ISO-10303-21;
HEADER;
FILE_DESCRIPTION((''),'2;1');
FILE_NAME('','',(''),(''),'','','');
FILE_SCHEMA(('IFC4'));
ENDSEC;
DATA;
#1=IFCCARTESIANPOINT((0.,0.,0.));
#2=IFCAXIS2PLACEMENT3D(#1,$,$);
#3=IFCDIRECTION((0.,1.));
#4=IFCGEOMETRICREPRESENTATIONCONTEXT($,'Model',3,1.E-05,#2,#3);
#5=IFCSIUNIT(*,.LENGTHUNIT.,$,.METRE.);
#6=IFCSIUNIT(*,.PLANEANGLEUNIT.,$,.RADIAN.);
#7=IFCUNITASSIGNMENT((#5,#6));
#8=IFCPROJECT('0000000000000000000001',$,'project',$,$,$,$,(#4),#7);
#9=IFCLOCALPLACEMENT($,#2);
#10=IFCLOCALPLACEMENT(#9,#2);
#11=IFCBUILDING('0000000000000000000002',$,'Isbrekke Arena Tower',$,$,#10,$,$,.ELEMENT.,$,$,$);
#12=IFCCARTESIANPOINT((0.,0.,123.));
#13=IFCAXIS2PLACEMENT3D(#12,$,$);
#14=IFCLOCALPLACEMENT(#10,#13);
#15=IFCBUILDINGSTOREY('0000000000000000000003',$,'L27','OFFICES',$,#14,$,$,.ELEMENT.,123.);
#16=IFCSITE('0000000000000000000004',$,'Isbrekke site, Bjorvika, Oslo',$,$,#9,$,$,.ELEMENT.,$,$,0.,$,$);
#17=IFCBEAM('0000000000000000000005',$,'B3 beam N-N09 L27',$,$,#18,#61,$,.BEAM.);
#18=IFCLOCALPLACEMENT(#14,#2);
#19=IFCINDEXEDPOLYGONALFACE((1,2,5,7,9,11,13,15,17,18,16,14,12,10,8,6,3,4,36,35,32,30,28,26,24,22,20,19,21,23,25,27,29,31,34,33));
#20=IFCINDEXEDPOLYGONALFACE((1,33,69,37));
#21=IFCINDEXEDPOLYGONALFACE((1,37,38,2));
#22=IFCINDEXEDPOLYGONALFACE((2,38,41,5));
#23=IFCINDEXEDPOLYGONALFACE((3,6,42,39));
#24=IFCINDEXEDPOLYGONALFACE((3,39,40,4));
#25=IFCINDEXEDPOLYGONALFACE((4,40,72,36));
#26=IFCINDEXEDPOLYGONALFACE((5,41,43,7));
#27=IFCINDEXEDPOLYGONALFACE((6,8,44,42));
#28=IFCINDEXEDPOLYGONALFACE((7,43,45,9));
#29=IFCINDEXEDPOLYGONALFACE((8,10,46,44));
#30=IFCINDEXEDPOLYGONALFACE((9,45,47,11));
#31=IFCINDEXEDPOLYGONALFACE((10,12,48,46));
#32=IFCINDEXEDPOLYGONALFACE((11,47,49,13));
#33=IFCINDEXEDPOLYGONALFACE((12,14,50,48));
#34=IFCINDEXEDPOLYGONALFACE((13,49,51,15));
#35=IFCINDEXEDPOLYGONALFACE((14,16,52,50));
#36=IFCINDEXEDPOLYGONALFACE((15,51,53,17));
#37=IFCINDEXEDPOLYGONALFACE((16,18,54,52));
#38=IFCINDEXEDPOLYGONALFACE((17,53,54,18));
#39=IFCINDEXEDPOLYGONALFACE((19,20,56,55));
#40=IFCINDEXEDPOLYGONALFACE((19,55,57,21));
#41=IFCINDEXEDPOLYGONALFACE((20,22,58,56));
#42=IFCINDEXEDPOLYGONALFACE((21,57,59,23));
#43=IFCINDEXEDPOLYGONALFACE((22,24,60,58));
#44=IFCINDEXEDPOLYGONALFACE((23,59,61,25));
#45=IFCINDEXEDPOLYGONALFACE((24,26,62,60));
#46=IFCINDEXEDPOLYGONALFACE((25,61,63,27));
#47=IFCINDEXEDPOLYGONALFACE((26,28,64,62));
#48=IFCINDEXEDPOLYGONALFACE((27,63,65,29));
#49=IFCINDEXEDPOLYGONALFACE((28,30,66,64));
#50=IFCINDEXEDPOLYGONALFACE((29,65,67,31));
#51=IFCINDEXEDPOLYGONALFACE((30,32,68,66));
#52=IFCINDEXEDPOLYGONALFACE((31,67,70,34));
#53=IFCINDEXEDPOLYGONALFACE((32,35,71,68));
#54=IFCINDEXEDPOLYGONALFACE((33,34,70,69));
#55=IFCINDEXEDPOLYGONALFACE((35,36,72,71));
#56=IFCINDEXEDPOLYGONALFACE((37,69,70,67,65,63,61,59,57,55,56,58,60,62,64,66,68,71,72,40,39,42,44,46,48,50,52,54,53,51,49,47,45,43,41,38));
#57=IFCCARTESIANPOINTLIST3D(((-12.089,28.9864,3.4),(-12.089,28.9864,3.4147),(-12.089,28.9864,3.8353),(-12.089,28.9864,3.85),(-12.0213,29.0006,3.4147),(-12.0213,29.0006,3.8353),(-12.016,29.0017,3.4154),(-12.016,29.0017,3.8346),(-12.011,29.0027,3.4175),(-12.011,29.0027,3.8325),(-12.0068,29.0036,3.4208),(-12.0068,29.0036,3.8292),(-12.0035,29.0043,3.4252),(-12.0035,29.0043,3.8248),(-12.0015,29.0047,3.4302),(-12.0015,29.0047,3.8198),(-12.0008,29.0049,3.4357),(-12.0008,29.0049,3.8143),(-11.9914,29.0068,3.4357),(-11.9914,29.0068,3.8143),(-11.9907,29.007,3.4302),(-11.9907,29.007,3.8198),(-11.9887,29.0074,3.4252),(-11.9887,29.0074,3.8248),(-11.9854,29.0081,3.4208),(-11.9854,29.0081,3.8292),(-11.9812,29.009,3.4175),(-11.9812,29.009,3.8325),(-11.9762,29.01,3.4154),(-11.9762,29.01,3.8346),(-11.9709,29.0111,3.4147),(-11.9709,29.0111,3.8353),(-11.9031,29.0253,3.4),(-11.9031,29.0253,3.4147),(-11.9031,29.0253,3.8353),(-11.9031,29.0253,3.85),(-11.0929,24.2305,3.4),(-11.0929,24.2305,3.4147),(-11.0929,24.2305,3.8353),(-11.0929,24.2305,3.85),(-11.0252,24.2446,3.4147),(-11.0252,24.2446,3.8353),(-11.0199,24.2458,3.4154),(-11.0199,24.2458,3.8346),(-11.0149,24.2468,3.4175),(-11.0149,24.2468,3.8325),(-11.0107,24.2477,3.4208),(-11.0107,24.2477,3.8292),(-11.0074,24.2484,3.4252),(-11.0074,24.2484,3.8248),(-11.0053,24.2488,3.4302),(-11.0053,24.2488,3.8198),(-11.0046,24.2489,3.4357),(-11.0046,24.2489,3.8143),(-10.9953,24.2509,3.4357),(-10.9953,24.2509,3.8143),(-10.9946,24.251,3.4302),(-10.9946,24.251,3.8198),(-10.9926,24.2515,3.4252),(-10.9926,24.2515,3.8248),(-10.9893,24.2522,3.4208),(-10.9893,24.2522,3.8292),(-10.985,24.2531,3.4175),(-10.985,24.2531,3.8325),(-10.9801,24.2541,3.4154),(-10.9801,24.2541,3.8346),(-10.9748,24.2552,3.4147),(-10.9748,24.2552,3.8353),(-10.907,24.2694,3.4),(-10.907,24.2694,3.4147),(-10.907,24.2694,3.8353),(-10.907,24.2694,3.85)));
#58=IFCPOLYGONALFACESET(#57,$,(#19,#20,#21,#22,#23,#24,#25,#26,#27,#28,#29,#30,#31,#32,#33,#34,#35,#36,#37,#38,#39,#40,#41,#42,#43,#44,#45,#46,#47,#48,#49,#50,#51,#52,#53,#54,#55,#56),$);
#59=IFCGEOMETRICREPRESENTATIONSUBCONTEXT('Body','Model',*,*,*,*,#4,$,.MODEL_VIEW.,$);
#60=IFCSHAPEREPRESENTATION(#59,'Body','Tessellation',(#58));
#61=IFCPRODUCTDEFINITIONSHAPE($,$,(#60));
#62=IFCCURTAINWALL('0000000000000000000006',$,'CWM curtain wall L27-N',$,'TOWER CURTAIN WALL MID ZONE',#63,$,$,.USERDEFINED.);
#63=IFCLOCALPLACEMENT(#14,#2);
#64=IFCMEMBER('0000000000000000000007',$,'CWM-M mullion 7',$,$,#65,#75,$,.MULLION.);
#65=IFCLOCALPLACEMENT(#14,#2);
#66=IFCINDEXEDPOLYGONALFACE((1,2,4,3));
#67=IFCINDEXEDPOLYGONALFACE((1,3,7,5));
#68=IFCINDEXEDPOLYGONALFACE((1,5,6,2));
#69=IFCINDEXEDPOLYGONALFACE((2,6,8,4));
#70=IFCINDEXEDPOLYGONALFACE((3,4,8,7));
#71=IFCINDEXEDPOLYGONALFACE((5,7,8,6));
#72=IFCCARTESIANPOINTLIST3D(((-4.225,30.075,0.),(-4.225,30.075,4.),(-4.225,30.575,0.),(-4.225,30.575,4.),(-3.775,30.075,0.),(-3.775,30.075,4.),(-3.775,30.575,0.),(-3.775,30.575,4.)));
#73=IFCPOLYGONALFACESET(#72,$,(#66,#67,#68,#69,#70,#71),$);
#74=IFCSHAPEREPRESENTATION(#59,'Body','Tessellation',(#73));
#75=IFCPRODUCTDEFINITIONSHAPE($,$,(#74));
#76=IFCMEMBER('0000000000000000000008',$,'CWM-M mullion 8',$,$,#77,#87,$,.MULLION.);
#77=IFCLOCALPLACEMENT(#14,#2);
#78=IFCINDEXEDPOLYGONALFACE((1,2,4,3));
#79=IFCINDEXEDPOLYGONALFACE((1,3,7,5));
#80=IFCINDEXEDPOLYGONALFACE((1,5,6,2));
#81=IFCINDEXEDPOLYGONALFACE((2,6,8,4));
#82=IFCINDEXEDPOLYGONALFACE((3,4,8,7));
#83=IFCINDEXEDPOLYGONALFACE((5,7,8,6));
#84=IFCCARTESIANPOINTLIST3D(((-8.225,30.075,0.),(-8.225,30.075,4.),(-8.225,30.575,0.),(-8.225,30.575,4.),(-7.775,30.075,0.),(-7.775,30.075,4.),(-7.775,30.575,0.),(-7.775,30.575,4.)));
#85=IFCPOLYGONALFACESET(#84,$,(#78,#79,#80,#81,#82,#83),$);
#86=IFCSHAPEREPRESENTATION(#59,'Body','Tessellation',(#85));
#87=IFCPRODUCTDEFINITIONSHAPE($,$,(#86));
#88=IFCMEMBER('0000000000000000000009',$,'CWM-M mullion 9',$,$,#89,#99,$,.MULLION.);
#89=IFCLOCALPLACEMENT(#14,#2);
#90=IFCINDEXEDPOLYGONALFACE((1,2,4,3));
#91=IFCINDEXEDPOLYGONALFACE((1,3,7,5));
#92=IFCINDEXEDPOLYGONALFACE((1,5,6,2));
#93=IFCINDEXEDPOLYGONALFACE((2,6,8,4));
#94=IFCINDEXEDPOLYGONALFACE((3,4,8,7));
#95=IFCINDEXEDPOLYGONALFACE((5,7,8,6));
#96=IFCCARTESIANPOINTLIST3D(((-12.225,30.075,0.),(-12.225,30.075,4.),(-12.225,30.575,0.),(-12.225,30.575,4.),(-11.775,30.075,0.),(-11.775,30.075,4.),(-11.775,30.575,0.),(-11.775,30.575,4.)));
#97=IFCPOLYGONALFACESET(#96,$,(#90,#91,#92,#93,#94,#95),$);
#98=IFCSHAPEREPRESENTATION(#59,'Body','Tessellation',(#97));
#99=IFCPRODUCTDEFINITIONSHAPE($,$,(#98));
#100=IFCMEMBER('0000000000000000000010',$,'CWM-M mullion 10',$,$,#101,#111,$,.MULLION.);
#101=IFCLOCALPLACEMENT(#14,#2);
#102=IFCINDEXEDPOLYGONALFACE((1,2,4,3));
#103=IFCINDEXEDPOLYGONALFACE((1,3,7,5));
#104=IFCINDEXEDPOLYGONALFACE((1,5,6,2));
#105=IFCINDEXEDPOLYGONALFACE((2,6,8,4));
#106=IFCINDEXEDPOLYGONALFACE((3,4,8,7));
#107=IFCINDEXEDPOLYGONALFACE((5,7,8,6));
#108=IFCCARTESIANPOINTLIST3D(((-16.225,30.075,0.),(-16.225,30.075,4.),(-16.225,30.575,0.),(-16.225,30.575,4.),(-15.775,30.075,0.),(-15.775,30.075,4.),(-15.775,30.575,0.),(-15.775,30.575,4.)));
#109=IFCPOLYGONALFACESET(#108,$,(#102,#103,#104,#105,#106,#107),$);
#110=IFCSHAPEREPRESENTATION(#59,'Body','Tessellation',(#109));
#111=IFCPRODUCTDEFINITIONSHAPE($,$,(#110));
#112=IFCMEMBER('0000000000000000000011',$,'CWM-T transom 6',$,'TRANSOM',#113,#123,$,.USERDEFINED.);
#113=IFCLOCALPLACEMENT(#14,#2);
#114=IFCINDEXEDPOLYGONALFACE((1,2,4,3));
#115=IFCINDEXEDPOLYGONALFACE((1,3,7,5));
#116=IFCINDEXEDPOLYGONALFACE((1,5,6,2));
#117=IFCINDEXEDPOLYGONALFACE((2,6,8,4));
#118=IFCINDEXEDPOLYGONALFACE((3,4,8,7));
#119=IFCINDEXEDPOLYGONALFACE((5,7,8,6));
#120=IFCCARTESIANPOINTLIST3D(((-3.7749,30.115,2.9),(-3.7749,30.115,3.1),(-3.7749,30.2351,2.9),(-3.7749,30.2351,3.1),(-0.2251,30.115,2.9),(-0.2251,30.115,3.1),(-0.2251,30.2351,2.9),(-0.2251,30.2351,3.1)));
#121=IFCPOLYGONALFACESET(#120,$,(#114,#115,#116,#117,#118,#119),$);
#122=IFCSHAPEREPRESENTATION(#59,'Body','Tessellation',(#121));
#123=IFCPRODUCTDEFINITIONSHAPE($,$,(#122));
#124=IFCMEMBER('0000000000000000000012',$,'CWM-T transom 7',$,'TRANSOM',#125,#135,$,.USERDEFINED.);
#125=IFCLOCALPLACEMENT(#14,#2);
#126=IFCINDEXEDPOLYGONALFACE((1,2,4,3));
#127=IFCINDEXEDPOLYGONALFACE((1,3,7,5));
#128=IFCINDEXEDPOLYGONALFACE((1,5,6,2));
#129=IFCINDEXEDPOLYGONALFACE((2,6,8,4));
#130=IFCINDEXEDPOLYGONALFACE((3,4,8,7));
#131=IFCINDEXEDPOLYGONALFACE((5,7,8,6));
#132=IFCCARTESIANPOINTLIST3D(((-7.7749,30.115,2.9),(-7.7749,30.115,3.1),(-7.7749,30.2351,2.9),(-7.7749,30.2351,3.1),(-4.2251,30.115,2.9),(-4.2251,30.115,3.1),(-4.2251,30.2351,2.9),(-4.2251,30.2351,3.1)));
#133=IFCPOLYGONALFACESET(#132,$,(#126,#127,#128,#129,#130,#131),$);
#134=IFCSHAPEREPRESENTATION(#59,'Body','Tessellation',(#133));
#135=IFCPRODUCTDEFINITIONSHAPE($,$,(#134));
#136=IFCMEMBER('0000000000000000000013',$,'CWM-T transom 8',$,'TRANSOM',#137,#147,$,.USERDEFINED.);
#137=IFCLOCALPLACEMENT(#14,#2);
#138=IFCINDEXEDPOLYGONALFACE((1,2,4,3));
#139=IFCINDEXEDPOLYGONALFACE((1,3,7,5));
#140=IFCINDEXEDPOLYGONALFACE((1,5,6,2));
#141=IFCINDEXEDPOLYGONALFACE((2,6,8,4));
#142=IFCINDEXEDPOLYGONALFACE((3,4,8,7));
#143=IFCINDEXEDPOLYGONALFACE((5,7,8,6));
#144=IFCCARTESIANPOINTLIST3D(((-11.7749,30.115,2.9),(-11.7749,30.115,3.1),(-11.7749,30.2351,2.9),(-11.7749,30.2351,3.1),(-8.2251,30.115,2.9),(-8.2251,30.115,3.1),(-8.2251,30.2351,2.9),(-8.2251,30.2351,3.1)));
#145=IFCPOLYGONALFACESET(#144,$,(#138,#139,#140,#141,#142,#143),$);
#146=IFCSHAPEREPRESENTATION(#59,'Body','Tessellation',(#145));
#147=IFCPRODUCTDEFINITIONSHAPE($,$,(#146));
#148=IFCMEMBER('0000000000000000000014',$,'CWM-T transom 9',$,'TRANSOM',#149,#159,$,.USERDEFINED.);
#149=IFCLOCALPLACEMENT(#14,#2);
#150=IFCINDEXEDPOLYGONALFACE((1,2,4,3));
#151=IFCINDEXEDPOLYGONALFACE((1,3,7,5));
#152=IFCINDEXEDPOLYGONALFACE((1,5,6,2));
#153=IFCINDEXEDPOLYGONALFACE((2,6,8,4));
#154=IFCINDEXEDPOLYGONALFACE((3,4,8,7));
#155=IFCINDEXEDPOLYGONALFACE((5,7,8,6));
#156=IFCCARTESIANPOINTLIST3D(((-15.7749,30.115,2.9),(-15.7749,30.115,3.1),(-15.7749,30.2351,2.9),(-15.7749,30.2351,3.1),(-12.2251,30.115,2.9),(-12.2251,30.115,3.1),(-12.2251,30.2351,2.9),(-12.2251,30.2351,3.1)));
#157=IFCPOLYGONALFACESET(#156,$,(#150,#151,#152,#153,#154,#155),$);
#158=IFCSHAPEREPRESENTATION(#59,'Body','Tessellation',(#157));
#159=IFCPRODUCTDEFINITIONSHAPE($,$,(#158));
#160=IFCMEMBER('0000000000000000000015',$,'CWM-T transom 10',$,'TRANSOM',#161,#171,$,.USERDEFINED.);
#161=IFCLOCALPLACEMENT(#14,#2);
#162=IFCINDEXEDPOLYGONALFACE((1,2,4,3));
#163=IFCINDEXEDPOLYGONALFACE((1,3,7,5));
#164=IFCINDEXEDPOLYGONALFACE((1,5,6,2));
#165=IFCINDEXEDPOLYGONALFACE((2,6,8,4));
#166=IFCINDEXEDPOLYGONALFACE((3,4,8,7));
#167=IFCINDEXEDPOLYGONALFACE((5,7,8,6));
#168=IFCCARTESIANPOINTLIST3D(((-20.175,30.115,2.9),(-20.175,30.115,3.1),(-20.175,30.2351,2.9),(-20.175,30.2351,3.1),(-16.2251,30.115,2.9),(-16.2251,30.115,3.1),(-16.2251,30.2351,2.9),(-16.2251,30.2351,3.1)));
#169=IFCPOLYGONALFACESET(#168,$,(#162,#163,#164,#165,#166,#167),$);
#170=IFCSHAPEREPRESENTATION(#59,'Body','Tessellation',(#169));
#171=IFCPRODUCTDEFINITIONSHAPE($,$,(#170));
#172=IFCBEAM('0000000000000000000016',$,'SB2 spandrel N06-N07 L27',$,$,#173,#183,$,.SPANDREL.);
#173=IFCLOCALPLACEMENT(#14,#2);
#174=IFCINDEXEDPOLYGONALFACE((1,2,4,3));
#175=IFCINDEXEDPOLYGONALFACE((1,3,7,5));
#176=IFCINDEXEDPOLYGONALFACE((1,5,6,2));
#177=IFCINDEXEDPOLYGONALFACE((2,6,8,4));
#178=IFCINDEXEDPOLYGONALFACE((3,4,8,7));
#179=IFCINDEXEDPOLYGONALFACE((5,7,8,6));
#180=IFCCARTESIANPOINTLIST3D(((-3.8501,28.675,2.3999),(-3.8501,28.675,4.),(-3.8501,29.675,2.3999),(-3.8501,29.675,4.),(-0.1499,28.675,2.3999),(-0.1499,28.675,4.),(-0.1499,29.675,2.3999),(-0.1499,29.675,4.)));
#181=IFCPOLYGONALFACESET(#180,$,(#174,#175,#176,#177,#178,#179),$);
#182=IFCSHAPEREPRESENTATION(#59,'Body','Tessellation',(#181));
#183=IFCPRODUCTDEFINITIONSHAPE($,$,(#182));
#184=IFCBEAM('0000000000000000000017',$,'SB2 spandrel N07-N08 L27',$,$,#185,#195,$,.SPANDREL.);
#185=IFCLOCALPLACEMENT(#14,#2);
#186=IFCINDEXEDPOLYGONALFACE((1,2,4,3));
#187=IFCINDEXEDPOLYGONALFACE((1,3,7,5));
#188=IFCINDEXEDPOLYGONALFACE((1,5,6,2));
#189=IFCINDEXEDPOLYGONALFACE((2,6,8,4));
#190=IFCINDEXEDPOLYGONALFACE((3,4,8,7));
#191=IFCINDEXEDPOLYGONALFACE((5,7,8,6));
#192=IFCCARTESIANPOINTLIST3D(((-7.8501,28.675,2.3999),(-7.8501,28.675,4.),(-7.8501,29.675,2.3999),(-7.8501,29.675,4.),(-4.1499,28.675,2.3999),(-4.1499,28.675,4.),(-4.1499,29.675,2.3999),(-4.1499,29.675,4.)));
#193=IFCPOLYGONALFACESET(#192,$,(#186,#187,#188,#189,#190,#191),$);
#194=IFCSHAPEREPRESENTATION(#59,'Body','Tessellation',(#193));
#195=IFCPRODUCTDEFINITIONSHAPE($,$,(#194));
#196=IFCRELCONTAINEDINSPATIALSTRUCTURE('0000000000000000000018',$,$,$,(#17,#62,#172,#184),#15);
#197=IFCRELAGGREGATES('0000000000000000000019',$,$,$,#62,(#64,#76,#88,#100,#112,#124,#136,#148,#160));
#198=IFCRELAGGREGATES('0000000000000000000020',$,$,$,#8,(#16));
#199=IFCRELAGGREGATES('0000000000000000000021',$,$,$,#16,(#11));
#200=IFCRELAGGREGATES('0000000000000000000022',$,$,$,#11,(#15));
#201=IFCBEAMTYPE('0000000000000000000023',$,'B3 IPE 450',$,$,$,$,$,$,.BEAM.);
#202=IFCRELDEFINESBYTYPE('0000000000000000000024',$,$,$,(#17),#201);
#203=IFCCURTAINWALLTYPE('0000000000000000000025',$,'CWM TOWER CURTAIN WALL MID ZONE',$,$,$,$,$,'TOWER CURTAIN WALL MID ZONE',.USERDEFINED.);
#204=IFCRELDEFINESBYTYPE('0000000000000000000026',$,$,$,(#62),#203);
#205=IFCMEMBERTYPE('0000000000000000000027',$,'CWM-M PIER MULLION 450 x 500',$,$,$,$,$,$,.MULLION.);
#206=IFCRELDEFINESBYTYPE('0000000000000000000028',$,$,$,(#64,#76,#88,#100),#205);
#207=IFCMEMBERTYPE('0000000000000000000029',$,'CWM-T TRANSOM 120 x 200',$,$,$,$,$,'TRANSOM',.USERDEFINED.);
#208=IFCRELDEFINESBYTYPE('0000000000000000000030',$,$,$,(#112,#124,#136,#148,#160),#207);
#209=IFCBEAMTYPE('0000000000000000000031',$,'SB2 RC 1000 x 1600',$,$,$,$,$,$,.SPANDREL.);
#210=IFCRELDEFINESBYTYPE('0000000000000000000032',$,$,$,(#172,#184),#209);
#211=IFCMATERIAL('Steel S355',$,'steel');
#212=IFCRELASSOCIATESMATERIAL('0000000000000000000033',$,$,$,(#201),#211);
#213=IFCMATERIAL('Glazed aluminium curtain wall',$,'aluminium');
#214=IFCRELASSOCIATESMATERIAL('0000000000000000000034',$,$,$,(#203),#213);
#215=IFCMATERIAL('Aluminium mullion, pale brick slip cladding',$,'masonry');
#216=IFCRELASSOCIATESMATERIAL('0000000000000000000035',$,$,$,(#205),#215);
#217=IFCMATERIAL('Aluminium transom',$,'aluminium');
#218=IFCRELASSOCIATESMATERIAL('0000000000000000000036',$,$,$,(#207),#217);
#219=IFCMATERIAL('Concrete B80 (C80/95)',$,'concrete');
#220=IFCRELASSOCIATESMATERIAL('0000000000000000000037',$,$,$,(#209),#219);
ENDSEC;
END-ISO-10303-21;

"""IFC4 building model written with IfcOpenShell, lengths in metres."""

from ifc_helpers import new_model, si_unit, direction, frame, origin, origin_2d, place, context, subcontext, project, spatial, rectangle, i_section, extrude, material, material_profile, profile_set, type_object, element, aggregate, save


model = new_model("IFC4")

# Units and contexts
model_context = context("Model", 3, precision=1e-05, world=origin(), true_north=direction((0.0, 1.0)))
body_context = subcontext(model_context, "Body", "Model", "MODEL_VIEW")
ifc_project = project(units=[si_unit("LENGTHUNIT", "METRE"), si_unit("PLANEANGLEUNIT", "RADIAN")], contexts=[model_context])

# Site, building, storey
site_placement = place(None, origin())
site = spatial("IfcSite", under=ifc_project, at=site_placement, Name="Isbrekke site, Bjorvika, Oslo", CompositionType="ELEMENT", RefElevation=0.0)
building_placement = place(site_placement, origin())
building = spatial("IfcBuilding", under=site, at=building_placement, Name="Isbrekke Arena Tower", CompositionType="ELEMENT")
storey_placement = place(building_placement, frame((0.0, 0.0, 123.0)))
storey = spatial("IfcBuildingStorey", under=building, at=storey_placement, Name="L27", Description="OFFICES", CompositionType="ELEMENT", Elevation=123.0)

# Beam
ifc_material_1 = material(Name="Steel S355", Category="steel")
ifc_material_profile_1 = material_profile(ifc_material_1, i_section(OverallWidth=0.1899, OverallDepth=0.45, WebThickness=0.0095, FlangeThickness=0.0146, FilletRadius=0.021, at=origin_2d()), Name="IPE 450")
ifc_profile_set_1 = profile_set([ifc_material_profile_1], Name="Steel S355")
beam_type_1 = type_object("IfcBeamType", Name="B3 IPE 450", PredefinedType="BEAM", material=ifc_profile_set_1)
beam_1_placement = place(storey_placement, frame((-11.9961, 29.0059, 3.625), z_axis=(0.204997, -0.978762, 0.0), x_axis=(0.978762, 0.204997, 0.0)))
element("IfcBeam", 1, at=beam_1_placement, inside=storey, type_object=beam_type_1, Name="B3 beam N-N09 L27", PredefinedType="BEAM", context=body_context, shape_type="SweptSolid", body=[
    extrude(i_section(OverallWidth=0.1899, OverallDepth=0.45, WebThickness=0.0095, FlangeThickness=0.0146, FilletRadius=0.021, at=origin_2d()), origin(), (0.0, 0.0, 1.0), 4.8591),
])

# Curtain wall, members
ifc_material_2 = material(Name="Glazed aluminium curtain wall", Category="aluminium")
curtain_wall_type = type_object("IfcCurtainWallType", Name="CWM TOWER CURTAIN WALL MID ZONE", ElementType="TOWER CURTAIN WALL MID ZONE", PredefinedType="USERDEFINED", material=ifc_material_2)
curtain_wall_placement = place(storey_placement, origin())
curtain_wall = element("IfcCurtainWall", 2, at=curtain_wall_placement, inside=storey, type_object=curtain_wall_type, Name="CWM curtain wall L27-N", ObjectType="TOWER CURTAIN WALL MID ZONE", PredefinedType="USERDEFINED")
ifc_material_3 = material(Name="Aluminium mullion, pale brick slip cladding", Category="masonry")
ifc_material_profile_2 = material_profile(ifc_material_3, rectangle(XDim=0.45, YDim=0.5, at=origin_2d()), Name="PIER 450X500")
ifc_profile_set_2 = profile_set([ifc_material_profile_2], Name="Aluminium mullion, pale brick slip cladding")
member_type_1 = type_object("IfcMemberType", Name="CWM-M PIER MULLION 450 x 500", PredefinedType="MULLION", material=ifc_profile_set_2)
member_1_placement = place(storey_placement, frame((-4.0, 30.325, 0.0), z_axis=(0.0, 0.0, 1.0), x_axis=(-1.0, 0.0, 0.0)))
member_1 = element("IfcMember", 3, at=member_1_placement, type_object=member_type_1, Name="CWM-M mullion 7", PredefinedType="MULLION", context=body_context, shape_type="SweptSolid", body=[
    extrude(rectangle(XDim=0.45, YDim=0.5, at=origin_2d()), origin(), (0.0, 0.0, 1.0), 4.0),
])
member_2_placement = place(storey_placement, frame((-8.0, 30.325, 0.0), z_axis=(0.0, 0.0, 1.0), x_axis=(-1.0, 0.0, 0.0)))
member_2 = element("IfcMember", 4, at=member_2_placement, type_object=member_type_1, Name="CWM-M mullion 8", PredefinedType="MULLION", context=body_context, shape_type="SweptSolid", body=[
    extrude(rectangle(XDim=0.45, YDim=0.5, at=origin_2d()), origin(), (0.0, 0.0, 1.0), 4.0),
])
member_3_placement = place(storey_placement, frame((-12.0, 30.325, 0.0), z_axis=(0.0, 0.0, 1.0), x_axis=(-1.0, 0.0, 0.0)))
member_3 = element("IfcMember", 5, at=member_3_placement, type_object=member_type_1, Name="CWM-M mullion 9", PredefinedType="MULLION", context=body_context, shape_type="SweptSolid", body=[
    extrude(rectangle(XDim=0.45, YDim=0.5, at=origin_2d()), origin(), (0.0, 0.0, 1.0), 4.0),
])
member_4_placement = place(storey_placement, frame((-16.0, 30.325, 0.0), z_axis=(0.0, 0.0, 1.0), x_axis=(-1.0, 0.0, 0.0)))
member_4 = element("IfcMember", 6, at=member_4_placement, type_object=member_type_1, Name="CWM-M mullion 10", PredefinedType="MULLION", context=body_context, shape_type="SweptSolid", body=[
    extrude(rectangle(XDim=0.45, YDim=0.5, at=origin_2d()), origin(), (0.0, 0.0, 1.0), 4.0),
])
ifc_material_4 = material(Name="Aluminium transom", Category="aluminium")
ifc_material_profile_3 = material_profile(ifc_material_4, rectangle(XDim=0.1201, YDim=0.2, at=origin_2d()), Name="TRANSOM 120X200")
ifc_profile_set_3 = profile_set([ifc_material_profile_3], Name="Aluminium transom")
member_type_2 = type_object("IfcMemberType", Name="CWM-T TRANSOM 120 x 200", ElementType="TRANSOM", PredefinedType="USERDEFINED", material=ifc_profile_set_3)
member_5_placement = place(storey_placement, frame((-0.2251, 30.175, 3.0), z_axis=(-1.0, 0.0, 0.0), x_axis=(0.0, -1.0, 0.0)))
member_5 = element("IfcMember", 7, at=member_5_placement, type_object=member_type_2, Name="CWM-T transom 6", ObjectType="TRANSOM", PredefinedType="USERDEFINED", context=body_context, shape_type="SweptSolid", body=[
    extrude(rectangle(XDim=0.1201, YDim=0.2, at=origin_2d()), origin(), (0.0, 0.0, 1.0), 3.5498),
])
member_6_placement = place(storey_placement, frame((-4.2251, 30.175, 3.0), z_axis=(-1.0, 0.0, 0.0), x_axis=(0.0, -1.0, 0.0)))
member_6 = element("IfcMember", 8, at=member_6_placement, type_object=member_type_2, Name="CWM-T transom 7", ObjectType="TRANSOM", PredefinedType="USERDEFINED", context=body_context, shape_type="SweptSolid", body=[
    extrude(rectangle(XDim=0.1201, YDim=0.2, at=origin_2d()), origin(), (0.0, 0.0, 1.0), 3.5498),
])
member_7_placement = place(storey_placement, frame((-8.2251, 30.175, 3.0), z_axis=(-1.0, 0.0, 0.0), x_axis=(0.0, -1.0, 0.0)))
member_7 = element("IfcMember", 9, at=member_7_placement, type_object=member_type_2, Name="CWM-T transom 8", ObjectType="TRANSOM", PredefinedType="USERDEFINED", context=body_context, shape_type="SweptSolid", body=[
    extrude(rectangle(XDim=0.1201, YDim=0.2, at=origin_2d()), origin(), (0.0, 0.0, 1.0), 3.5498),
])
member_8_placement = place(storey_placement, frame((-12.2251, 30.175, 3.0), z_axis=(-1.0, 0.0, 0.0), x_axis=(0.0, -1.0, 0.0)))
member_8 = element("IfcMember", 10, at=member_8_placement, type_object=member_type_2, Name="CWM-T transom 9", ObjectType="TRANSOM", PredefinedType="USERDEFINED", context=body_context, shape_type="SweptSolid", body=[
    extrude(rectangle(XDim=0.1201, YDim=0.2, at=origin_2d()), origin(), (0.0, 0.0, 1.0), 3.5498),
])
member_9_placement = place(storey_placement, frame((-16.2251, 30.175, 3.0), z_axis=(-1.0, 0.0, 0.0), x_axis=(0.0, -1.0, 0.0)))
member_9 = element("IfcMember", 11, at=member_9_placement, type_object=member_type_2, Name="CWM-T transom 10", ObjectType="TRANSOM", PredefinedType="USERDEFINED", context=body_context, shape_type="SweptSolid", body=[
    extrude(rectangle(XDim=0.1201, YDim=0.2, at=origin_2d()), origin(), (0.0, 0.0, 1.0), 3.95),
])

# Beams
ifc_material_5 = material(Name="Concrete B80 (C80/95)", Category="concrete")
ifc_material_profile_4 = material_profile(ifc_material_5, rectangle(XDim=1.0, YDim=1.6001, at=origin_2d()), Name="RC 1000x1600")
ifc_profile_set_4 = profile_set([ifc_material_profile_4], Name="Concrete B80 (C80/95)")
beam_type_2 = type_object("IfcBeamType", Name="SB2 RC 1000 x 1600", PredefinedType="SPANDREL", material=ifc_profile_set_4)
for number, where, z_axis, x_axis, name in (
    (12, (-0.1499, 29.175, 3.2), (-1.0, 0.0, 0.0), (0.0, -1.0, 0.0), "SB2 spandrel N06-N07 L27"),
    (13, (-4.1499, 29.175, 3.2), (-1.0, 0.0, 0.0), (0.0, -1.0, 0.0), "SB2 spandrel N07-N08 L27"),
):
    element("IfcBeam", number, at=place(storey_placement, frame(where, z_axis=z_axis, x_axis=x_axis)), inside=storey, type_object=beam_type_2, Name=name, PredefinedType="SPANDREL", context=body_context, shape_type="SweptSolid", body=[
        extrude(rectangle(XDim=1.0, YDim=1.6001, at=origin_2d()), origin(), (0.0, 0.0, 1.0), 3.7002),
    ])

aggregate(curtain_wall, [member_1, member_2, member_3, member_4, member_5, member_6, member_7, member_8, member_9])

save(model, "model.ifc")
